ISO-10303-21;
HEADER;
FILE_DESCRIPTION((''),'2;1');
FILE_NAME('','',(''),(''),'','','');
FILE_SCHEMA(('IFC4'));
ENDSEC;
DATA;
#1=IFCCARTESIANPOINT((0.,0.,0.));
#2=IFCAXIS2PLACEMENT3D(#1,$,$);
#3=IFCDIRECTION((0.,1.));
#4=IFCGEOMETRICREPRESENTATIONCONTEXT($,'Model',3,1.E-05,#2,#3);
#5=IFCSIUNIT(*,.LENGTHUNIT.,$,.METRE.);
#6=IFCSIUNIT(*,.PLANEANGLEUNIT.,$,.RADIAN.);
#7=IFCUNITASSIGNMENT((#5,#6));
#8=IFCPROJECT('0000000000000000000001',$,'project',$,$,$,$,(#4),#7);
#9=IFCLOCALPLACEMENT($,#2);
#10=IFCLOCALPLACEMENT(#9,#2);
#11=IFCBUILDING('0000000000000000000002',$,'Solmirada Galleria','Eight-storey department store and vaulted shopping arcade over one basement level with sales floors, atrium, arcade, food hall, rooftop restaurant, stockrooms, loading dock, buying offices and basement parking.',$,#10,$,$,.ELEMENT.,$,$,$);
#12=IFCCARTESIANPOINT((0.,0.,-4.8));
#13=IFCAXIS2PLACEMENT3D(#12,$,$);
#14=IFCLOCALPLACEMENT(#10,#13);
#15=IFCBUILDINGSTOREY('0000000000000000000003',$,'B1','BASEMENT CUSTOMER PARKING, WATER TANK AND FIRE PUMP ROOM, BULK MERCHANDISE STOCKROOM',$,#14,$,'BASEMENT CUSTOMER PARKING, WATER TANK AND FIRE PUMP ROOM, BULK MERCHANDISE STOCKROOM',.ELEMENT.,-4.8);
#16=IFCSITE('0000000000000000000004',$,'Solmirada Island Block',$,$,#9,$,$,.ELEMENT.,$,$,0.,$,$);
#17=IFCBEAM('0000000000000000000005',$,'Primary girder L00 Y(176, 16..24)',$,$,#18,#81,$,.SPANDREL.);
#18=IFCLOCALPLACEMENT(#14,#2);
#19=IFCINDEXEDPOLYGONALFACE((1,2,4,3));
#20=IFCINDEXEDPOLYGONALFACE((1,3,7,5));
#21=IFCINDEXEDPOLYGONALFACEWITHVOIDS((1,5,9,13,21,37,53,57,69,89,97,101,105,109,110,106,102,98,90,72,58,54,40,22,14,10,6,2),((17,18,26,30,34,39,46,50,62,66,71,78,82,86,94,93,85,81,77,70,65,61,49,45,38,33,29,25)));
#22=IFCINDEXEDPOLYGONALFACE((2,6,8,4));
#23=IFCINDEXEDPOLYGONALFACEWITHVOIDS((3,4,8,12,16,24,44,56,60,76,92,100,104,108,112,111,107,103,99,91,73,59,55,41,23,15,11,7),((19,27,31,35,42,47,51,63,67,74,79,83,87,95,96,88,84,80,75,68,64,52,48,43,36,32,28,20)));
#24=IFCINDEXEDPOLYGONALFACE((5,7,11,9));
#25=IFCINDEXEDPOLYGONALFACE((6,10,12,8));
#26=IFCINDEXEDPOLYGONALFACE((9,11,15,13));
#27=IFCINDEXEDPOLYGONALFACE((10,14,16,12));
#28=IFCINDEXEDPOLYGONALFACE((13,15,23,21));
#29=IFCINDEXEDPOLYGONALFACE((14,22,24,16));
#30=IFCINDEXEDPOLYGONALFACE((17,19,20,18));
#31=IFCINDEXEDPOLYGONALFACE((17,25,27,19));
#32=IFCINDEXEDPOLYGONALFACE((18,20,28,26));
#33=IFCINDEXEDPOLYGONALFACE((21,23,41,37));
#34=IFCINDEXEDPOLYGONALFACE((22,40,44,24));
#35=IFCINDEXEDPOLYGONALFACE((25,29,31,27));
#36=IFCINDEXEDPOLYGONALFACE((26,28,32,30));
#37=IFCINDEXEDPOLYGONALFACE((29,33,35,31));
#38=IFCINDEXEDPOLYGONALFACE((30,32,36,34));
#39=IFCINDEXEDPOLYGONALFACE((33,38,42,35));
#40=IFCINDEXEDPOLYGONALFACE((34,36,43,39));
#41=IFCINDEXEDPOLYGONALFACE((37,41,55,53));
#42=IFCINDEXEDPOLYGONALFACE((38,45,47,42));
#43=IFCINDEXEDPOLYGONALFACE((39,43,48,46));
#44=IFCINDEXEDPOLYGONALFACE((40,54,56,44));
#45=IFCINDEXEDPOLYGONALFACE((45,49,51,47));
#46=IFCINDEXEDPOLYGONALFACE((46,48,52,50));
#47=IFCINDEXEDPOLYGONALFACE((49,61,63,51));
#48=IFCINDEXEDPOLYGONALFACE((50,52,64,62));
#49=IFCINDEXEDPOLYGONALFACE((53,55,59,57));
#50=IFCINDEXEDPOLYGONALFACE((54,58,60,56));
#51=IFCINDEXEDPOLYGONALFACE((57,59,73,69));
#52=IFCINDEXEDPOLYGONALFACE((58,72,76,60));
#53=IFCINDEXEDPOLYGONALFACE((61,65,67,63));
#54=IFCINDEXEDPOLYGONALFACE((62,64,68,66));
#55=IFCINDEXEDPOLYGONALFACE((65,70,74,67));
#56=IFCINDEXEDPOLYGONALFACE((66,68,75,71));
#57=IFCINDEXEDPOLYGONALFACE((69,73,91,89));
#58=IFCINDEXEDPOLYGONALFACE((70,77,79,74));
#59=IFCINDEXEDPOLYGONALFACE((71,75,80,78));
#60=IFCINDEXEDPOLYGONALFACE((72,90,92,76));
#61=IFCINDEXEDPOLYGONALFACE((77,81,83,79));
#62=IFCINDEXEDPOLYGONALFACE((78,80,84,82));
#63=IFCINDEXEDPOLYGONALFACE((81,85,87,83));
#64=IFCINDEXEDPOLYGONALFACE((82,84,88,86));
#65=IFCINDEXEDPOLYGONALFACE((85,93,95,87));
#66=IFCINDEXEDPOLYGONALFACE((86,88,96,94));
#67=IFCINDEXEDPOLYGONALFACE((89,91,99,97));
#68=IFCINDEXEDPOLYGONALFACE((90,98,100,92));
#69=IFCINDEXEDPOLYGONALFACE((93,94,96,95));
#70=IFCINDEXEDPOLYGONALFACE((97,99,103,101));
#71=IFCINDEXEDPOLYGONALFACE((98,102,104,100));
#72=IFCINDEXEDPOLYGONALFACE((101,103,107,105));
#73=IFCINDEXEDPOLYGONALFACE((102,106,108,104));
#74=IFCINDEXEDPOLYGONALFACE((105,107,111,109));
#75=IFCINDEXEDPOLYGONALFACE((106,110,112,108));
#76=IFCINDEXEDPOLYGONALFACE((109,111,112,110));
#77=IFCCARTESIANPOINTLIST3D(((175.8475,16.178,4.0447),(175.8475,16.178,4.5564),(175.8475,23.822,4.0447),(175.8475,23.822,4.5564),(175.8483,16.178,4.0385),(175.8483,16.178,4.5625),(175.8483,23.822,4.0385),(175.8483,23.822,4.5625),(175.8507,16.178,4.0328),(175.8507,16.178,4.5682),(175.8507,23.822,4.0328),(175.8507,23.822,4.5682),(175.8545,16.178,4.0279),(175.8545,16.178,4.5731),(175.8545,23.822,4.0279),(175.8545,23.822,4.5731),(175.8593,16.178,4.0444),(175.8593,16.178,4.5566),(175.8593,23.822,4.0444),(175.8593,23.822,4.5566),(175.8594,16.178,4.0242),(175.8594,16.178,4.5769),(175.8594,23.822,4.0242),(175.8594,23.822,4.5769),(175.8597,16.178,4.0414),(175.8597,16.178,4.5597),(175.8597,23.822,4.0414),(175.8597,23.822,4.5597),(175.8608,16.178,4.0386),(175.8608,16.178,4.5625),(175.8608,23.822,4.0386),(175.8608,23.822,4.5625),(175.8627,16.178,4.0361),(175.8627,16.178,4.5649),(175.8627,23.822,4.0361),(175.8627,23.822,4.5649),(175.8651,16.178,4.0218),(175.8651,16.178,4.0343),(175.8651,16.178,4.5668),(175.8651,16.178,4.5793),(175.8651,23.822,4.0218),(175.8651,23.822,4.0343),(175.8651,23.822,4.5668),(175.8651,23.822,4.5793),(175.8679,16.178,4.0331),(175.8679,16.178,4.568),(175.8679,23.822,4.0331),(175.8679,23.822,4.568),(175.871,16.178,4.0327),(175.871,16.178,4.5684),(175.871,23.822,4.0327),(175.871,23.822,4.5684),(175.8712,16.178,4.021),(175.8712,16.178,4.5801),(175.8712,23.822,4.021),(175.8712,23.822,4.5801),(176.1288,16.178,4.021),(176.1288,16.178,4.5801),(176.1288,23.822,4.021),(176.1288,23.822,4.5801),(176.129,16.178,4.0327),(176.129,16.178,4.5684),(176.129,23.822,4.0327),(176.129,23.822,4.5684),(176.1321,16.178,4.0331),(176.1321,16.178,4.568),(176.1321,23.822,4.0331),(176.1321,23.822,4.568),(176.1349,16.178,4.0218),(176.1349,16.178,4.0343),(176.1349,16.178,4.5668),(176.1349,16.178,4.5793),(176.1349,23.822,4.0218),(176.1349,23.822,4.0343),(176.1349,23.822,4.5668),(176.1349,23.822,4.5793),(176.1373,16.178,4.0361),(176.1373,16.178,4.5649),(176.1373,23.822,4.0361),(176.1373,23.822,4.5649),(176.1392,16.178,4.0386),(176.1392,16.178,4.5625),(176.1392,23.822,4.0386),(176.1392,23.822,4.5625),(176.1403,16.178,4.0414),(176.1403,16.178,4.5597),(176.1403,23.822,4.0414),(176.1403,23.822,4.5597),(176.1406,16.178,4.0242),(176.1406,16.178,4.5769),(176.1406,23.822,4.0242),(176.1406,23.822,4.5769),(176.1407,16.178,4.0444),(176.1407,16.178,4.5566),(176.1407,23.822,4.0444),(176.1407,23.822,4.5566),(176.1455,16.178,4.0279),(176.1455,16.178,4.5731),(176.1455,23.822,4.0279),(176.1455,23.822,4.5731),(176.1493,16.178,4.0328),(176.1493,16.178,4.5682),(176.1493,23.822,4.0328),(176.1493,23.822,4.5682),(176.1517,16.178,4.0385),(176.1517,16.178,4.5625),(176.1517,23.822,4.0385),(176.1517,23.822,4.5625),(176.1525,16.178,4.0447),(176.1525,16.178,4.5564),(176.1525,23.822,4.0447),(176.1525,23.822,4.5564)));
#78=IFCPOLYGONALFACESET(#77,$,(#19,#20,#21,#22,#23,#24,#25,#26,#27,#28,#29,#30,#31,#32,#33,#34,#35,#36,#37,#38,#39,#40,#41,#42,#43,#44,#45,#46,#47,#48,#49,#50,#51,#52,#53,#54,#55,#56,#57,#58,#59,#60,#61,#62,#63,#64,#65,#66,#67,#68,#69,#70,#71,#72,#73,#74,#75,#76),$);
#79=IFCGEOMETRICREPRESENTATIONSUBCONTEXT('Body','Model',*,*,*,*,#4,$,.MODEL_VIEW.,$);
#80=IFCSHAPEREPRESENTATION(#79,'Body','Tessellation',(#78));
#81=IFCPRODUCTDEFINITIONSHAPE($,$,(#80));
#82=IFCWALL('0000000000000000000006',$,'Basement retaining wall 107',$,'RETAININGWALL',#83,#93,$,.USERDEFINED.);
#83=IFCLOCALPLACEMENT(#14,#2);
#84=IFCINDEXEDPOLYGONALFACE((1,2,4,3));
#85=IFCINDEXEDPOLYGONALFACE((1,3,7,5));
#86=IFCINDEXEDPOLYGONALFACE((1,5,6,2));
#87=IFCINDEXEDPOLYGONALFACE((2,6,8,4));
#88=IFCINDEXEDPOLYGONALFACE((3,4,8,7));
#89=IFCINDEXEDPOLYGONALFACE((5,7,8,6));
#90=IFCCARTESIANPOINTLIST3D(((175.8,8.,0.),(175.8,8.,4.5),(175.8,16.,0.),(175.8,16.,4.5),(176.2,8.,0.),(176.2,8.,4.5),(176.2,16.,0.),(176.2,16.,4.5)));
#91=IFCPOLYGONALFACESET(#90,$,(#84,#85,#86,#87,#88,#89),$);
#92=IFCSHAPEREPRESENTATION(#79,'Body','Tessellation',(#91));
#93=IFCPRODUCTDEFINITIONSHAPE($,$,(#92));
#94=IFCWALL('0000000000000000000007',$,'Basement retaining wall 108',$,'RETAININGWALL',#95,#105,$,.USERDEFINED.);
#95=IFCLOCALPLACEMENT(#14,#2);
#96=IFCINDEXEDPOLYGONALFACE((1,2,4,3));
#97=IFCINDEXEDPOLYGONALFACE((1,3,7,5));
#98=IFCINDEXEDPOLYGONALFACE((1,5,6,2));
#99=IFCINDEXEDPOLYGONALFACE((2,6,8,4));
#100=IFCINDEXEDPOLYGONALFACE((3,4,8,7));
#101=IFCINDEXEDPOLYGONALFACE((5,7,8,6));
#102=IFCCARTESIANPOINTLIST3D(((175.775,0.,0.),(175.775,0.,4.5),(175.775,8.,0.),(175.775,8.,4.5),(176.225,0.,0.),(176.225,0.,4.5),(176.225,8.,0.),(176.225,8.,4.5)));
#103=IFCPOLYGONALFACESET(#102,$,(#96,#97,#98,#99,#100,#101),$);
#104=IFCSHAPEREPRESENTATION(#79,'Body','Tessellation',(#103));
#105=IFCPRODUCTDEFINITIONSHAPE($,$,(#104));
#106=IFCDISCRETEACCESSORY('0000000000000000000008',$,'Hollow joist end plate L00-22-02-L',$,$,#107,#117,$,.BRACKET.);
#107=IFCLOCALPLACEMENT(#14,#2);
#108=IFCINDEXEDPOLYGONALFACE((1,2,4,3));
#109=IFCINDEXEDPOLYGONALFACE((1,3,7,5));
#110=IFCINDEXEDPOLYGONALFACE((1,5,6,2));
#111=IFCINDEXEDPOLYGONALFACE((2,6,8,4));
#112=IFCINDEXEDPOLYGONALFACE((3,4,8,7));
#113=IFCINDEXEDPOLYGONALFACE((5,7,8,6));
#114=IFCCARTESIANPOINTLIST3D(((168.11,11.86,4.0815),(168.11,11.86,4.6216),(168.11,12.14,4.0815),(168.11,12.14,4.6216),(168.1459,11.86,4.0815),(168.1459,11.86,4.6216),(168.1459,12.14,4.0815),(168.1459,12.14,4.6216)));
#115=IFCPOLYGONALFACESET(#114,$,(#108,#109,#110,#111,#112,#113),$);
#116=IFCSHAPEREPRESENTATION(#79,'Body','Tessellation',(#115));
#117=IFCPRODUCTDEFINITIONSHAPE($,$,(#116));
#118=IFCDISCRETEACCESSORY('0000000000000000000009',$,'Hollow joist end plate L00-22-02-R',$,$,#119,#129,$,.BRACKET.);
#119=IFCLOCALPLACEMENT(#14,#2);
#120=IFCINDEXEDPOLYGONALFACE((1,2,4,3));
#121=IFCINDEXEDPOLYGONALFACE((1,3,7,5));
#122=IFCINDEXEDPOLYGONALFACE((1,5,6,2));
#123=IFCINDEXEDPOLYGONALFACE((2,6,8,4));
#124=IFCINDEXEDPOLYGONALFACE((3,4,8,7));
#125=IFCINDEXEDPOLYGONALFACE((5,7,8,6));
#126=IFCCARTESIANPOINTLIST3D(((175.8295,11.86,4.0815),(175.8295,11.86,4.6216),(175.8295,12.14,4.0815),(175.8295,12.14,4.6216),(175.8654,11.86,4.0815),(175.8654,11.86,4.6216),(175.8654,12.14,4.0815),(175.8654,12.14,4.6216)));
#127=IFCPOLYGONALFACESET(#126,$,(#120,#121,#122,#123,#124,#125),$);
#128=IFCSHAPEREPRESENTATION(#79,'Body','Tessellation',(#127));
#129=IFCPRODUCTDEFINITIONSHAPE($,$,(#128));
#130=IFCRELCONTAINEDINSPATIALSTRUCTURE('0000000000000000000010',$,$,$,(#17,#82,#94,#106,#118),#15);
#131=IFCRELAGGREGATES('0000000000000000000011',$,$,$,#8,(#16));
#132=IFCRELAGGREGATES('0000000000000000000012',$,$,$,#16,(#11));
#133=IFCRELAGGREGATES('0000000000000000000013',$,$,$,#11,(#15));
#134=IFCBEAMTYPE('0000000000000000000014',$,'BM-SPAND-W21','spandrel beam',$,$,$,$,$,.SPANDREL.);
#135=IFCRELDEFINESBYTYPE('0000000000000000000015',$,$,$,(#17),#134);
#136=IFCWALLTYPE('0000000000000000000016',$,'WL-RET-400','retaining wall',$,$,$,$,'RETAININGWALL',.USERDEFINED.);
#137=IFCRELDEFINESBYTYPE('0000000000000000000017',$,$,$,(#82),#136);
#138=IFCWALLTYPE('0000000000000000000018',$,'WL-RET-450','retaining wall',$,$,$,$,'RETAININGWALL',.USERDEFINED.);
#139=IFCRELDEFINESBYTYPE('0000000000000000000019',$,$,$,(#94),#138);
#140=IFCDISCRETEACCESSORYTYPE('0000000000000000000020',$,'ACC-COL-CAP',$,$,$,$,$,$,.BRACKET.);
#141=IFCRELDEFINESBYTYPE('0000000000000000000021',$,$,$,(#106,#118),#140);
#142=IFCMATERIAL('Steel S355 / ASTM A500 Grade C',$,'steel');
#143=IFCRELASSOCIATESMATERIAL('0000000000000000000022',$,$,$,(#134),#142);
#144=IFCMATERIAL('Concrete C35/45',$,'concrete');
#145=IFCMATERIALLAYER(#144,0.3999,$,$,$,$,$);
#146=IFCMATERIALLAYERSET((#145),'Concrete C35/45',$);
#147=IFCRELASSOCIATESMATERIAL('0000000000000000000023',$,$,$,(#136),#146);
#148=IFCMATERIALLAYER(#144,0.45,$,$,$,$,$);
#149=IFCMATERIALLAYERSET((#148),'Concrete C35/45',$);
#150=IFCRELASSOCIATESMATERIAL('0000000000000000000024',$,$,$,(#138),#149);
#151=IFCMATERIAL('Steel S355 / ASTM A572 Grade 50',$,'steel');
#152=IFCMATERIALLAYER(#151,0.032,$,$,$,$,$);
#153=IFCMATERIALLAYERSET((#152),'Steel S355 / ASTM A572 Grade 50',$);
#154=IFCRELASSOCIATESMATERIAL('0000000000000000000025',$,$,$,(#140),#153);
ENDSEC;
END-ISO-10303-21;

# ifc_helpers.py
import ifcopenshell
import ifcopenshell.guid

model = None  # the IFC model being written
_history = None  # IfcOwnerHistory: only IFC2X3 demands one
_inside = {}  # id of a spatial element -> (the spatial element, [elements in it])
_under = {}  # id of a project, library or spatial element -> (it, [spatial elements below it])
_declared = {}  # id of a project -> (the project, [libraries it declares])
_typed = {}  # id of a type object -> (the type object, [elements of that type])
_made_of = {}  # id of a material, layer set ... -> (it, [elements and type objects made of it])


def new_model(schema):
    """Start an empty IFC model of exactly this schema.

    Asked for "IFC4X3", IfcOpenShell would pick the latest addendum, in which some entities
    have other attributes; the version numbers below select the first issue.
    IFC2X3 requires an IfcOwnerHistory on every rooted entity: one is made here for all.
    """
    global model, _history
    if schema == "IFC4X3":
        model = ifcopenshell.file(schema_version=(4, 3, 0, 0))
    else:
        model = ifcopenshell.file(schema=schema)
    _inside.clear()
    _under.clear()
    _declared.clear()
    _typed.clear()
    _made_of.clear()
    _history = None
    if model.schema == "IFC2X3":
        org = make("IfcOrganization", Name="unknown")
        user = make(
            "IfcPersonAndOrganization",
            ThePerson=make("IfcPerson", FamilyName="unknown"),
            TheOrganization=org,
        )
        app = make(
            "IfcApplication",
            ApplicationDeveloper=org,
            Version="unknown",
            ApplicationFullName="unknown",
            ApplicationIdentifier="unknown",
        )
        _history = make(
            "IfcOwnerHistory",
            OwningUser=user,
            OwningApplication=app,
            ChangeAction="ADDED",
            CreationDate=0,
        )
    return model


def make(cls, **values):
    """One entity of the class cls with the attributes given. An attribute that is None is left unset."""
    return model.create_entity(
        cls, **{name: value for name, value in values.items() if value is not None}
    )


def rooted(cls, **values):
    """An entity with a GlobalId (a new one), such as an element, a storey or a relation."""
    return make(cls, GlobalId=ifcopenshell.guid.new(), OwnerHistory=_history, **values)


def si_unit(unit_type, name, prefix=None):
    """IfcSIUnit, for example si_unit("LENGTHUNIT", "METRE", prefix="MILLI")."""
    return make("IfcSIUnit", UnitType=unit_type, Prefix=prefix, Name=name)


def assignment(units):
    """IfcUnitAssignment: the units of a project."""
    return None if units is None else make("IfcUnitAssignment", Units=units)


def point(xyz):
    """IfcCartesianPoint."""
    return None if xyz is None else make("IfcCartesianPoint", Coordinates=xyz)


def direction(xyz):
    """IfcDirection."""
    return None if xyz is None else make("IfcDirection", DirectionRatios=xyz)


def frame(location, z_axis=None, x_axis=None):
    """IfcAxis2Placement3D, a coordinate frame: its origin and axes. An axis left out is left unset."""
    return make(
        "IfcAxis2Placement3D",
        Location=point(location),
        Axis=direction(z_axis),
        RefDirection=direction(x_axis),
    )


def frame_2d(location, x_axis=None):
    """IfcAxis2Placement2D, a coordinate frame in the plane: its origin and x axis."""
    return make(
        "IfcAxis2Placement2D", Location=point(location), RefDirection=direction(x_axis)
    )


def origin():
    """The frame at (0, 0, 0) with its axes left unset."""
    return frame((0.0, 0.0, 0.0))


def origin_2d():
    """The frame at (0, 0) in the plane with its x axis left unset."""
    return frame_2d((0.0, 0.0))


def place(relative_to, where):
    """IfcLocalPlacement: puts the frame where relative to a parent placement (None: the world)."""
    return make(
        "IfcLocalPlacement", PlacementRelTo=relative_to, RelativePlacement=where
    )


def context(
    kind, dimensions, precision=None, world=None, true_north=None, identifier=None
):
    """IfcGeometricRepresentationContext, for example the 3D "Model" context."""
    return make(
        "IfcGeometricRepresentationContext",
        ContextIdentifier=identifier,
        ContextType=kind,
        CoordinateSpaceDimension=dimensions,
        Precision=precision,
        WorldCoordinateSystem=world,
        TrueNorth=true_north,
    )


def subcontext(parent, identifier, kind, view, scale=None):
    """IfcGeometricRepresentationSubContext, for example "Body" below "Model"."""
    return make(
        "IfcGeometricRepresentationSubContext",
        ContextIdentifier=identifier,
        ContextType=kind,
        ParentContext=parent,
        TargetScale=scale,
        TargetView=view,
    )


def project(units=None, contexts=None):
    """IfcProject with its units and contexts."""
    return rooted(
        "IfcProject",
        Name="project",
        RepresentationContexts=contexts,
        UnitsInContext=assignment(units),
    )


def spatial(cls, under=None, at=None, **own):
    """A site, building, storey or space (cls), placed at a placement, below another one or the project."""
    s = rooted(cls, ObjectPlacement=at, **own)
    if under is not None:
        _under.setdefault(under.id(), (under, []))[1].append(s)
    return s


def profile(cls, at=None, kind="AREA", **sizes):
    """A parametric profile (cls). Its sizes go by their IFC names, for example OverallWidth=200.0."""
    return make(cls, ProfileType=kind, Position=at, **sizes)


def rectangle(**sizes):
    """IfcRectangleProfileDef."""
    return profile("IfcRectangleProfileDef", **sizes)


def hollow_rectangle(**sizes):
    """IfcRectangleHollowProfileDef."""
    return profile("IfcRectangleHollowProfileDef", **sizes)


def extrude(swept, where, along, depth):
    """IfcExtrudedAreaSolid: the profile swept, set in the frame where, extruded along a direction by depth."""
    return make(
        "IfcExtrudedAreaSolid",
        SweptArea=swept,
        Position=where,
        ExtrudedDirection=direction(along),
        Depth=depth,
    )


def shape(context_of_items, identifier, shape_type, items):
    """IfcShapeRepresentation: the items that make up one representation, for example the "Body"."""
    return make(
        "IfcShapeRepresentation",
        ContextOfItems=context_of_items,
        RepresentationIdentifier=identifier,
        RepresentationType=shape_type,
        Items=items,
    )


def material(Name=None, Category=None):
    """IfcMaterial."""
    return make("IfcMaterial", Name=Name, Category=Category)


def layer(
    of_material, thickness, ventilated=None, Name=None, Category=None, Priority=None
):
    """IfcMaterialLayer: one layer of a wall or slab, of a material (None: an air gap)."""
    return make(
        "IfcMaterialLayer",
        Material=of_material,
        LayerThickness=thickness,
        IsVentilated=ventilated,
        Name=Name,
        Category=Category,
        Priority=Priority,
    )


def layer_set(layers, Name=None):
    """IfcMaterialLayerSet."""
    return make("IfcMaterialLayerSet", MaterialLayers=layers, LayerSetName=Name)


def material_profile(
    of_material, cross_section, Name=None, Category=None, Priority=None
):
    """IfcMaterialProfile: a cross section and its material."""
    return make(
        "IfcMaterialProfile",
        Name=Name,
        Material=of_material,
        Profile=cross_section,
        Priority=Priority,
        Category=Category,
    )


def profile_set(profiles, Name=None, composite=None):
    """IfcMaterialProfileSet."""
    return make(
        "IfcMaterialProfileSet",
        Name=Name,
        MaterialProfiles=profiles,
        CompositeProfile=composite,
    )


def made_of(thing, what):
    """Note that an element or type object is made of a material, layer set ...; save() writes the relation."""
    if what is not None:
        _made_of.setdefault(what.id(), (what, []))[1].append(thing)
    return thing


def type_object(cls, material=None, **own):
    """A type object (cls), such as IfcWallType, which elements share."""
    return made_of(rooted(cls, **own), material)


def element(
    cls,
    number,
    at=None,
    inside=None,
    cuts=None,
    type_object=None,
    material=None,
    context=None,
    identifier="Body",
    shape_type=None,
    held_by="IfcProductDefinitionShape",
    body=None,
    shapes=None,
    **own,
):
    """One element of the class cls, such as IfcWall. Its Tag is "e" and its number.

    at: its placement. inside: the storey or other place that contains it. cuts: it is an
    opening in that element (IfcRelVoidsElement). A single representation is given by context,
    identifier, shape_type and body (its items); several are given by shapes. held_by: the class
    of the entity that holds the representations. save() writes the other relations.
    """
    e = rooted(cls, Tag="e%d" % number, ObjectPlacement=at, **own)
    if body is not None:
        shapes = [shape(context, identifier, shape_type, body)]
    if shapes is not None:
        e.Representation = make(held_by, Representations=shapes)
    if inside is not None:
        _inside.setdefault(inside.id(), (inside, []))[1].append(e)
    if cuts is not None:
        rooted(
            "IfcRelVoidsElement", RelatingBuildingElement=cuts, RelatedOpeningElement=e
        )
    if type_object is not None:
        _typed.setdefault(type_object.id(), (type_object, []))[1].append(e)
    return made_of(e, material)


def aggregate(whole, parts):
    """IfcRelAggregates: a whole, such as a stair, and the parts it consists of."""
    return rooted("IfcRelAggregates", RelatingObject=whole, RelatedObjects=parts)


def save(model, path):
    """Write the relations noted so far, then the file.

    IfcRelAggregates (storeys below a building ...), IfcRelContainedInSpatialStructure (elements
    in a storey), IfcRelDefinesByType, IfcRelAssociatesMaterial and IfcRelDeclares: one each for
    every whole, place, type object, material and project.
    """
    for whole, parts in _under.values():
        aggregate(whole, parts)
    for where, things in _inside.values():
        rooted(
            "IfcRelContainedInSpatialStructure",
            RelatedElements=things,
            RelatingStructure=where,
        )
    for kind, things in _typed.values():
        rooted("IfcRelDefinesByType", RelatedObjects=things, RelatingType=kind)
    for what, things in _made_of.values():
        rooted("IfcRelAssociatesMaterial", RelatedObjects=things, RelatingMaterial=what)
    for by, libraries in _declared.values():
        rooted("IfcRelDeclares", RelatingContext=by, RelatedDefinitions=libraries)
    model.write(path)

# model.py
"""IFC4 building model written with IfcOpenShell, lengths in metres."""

from ifc_helpers import new_model, si_unit, direction, frame, frame_2d, origin, origin_2d, place, context, subcontext, project, spatial, rectangle, hollow_rectangle, extrude, material, layer, layer_set, material_profile, profile_set, type_object, element, save


model = new_model("IFC4")

# Units and contexts
model_context = context("Model", 3, precision=1e-05, world=origin(), true_north=direction((0.0, 1.0)))
body_context = subcontext(model_context, "Body", "Model", "MODEL_VIEW")
ifc_project = project(units=[si_unit("LENGTHUNIT", "METRE"), si_unit("PLANEANGLEUNIT", "RADIAN")], contexts=[model_context])

# Site, building, storey
site_placement = place(None, origin())
site = spatial("IfcSite", under=ifc_project, at=site_placement, Name="Solmirada Island Block", CompositionType="ELEMENT", RefElevation=0.0)
building_placement = place(site_placement, origin())
building = spatial("IfcBuilding", under=site, at=building_placement, Name="Solmirada Galleria", Description="Eight-storey department store and vaulted shopping arcade over one basement level with sales floors, atrium, arcade, food hall, rooftop restaurant, stockrooms, loading dock, buying offices and basement parking.", CompositionType="ELEMENT")
storey_placement = place(building_placement, frame((0.0, 0.0, -4.8)))
storey = spatial("IfcBuildingStorey", under=building, at=storey_placement, Name="B1", Description="BASEMENT CUSTOMER PARKING, WATER TANK AND FIRE PUMP ROOM, BULK MERCHANDISE STOCKROOM", LongName="BASEMENT CUSTOMER PARKING, WATER TANK AND FIRE PUMP ROOM, BULK MERCHANDISE STOCKROOM", CompositionType="ELEMENT", Elevation=-4.8)

# Shared definitions
ifc_material_1 = material(Name="Concrete C35/45", Category="concrete")

# Shared definitions
ifc_material_2 = material(Name="Steel S355 / ASTM A500 Grade C", Category="steel")

# Beam
ifc_material_profile_1 = material_profile(ifc_material_2, hollow_rectangle(XDim=0.3049, YDim=0.5591, WallThickness=0.0117, InnerFilletRadius=0.0117, OuterFilletRadius=0.0237, at=origin_2d()), Name="HSS22X12X1/2")
ifc_profile_set_1 = profile_set([ifc_material_profile_1], Name="Steel S355 / ASTM A500 Grade C")
beam_type_1 = type_object("IfcBeamType", Name="BM-SPAND-W21", Description="spandrel beam", PredefinedType="SPANDREL", material=ifc_profile_set_1)
for number, where, z_axis, x_axis, name in (
    (1, (176.0, 16.178, 4.3005), (0.0, 1.0, 0.0), (-1.0, 0.0, 0.0), "Primary girder L00 Y(176, 16..24)"),
):
    element("IfcBeam", number, at=place(storey_placement, frame(where, z_axis=z_axis, x_axis=x_axis)), inside=storey, type_object=beam_type_1, Name=name, PredefinedType="SPANDREL", context=body_context, shape_type="SweptSolid", body=[
        extrude(hollow_rectangle(XDim=0.3049, YDim=0.5591, WallThickness=0.0117, InnerFilletRadius=0.0117, OuterFilletRadius=0.0237, at=origin_2d()), origin(), (0.0, 0.0, 1.0), 7.644),
    ])

# Walls
ifc_layer_1 = layer(ifc_material_1, 0.3999)
ifc_layer_set_1 = layer_set([ifc_layer_1], Name="Concrete C35/45")
wall_type_1 = type_object("IfcWallType", Name="WL-RET-400", Description="retaining wall", ElementType="RETAININGWALL", PredefinedType="USERDEFINED", material=ifc_layer_set_1)
wall_1_placement = place(storey_placement, frame((176.0, 16.0, 0.0), z_axis=(0.0, 0.0, 1.0), x_axis=(0.0, -1.0, 0.0)))
element("IfcWall", 2, at=wall_1_placement, inside=storey, type_object=wall_type_1, Name="Basement retaining wall 107", ObjectType="RETAININGWALL", PredefinedType="USERDEFINED", context=body_context, shape_type="SweptSolid", body=[
    extrude(rectangle(XDim=8.0, YDim=0.3999, at=frame_2d((4.0, 0.0))), origin(), (0.0, 0.0, 1.0), 4.5),
])
ifc_layer_2 = layer(ifc_material_1, 0.45)
ifc_layer_set_2 = layer_set([ifc_layer_2], Name="Concrete C35/45")
wall_type_2 = type_object("IfcWallType", Name="WL-RET-450", Description="retaining wall", ElementType="RETAININGWALL", PredefinedType="USERDEFINED", material=ifc_layer_set_2)
wall_2_placement = place(storey_placement, frame((176.0, 8.0, 0.0), z_axis=(0.0, 0.0, 1.0), x_axis=(0.0, -1.0, 0.0)))
element("IfcWall", 3, at=wall_2_placement, inside=storey, type_object=wall_type_2, Name="Basement retaining wall 108", ObjectType="RETAININGWALL", PredefinedType="USERDEFINED", context=body_context, shape_type="SweptSolid", body=[
    extrude(rectangle(XDim=8.0, YDim=0.45, at=frame_2d((4.0, 0.0))), origin(), (0.0, 0.0, 1.0), 4.5),
])

# Discrete accessories
ifc_material_3 = material(Name="Steel S355 / ASTM A572 Grade 50", Category="steel")
ifc_layer_3 = layer(ifc_material_3, 0.032)
ifc_layer_set_3 = layer_set([ifc_layer_3], Name="Steel S355 / ASTM A572 Grade 50")
discrete_accessory_type = type_object("IfcDiscreteAccessoryType", Name="ACC-COL-CAP", PredefinedType="BRACKET", material=ifc_layer_set_3)
for number, where, z_axis, x_axis, name in (
    (4, (168.1279, 12.0, 4.0815), (0.0, 0.0, 1.0), (1.0, 0.0, 0.0), "Hollow joist end plate L00-22-02-L"),
    (5, (175.8474, 12.0, 4.0815), (0.0, 0.0, 1.0), (1.0, 0.0, 0.0), "Hollow joist end plate L00-22-02-R"),
):
    element("IfcDiscreteAccessory", number, at=place(storey_placement, frame(where, z_axis=z_axis, x_axis=x_axis)), inside=storey, type_object=discrete_accessory_type, Name=name, PredefinedType="BRACKET", context=body_context, shape_type="SweptSolid", body=[
        extrude(rectangle(XDim=0.0359, YDim=0.28, at=origin_2d()), origin(), (0.0, 0.0, 1.0), 0.54),
    ])

save(model, "model.ifc")
